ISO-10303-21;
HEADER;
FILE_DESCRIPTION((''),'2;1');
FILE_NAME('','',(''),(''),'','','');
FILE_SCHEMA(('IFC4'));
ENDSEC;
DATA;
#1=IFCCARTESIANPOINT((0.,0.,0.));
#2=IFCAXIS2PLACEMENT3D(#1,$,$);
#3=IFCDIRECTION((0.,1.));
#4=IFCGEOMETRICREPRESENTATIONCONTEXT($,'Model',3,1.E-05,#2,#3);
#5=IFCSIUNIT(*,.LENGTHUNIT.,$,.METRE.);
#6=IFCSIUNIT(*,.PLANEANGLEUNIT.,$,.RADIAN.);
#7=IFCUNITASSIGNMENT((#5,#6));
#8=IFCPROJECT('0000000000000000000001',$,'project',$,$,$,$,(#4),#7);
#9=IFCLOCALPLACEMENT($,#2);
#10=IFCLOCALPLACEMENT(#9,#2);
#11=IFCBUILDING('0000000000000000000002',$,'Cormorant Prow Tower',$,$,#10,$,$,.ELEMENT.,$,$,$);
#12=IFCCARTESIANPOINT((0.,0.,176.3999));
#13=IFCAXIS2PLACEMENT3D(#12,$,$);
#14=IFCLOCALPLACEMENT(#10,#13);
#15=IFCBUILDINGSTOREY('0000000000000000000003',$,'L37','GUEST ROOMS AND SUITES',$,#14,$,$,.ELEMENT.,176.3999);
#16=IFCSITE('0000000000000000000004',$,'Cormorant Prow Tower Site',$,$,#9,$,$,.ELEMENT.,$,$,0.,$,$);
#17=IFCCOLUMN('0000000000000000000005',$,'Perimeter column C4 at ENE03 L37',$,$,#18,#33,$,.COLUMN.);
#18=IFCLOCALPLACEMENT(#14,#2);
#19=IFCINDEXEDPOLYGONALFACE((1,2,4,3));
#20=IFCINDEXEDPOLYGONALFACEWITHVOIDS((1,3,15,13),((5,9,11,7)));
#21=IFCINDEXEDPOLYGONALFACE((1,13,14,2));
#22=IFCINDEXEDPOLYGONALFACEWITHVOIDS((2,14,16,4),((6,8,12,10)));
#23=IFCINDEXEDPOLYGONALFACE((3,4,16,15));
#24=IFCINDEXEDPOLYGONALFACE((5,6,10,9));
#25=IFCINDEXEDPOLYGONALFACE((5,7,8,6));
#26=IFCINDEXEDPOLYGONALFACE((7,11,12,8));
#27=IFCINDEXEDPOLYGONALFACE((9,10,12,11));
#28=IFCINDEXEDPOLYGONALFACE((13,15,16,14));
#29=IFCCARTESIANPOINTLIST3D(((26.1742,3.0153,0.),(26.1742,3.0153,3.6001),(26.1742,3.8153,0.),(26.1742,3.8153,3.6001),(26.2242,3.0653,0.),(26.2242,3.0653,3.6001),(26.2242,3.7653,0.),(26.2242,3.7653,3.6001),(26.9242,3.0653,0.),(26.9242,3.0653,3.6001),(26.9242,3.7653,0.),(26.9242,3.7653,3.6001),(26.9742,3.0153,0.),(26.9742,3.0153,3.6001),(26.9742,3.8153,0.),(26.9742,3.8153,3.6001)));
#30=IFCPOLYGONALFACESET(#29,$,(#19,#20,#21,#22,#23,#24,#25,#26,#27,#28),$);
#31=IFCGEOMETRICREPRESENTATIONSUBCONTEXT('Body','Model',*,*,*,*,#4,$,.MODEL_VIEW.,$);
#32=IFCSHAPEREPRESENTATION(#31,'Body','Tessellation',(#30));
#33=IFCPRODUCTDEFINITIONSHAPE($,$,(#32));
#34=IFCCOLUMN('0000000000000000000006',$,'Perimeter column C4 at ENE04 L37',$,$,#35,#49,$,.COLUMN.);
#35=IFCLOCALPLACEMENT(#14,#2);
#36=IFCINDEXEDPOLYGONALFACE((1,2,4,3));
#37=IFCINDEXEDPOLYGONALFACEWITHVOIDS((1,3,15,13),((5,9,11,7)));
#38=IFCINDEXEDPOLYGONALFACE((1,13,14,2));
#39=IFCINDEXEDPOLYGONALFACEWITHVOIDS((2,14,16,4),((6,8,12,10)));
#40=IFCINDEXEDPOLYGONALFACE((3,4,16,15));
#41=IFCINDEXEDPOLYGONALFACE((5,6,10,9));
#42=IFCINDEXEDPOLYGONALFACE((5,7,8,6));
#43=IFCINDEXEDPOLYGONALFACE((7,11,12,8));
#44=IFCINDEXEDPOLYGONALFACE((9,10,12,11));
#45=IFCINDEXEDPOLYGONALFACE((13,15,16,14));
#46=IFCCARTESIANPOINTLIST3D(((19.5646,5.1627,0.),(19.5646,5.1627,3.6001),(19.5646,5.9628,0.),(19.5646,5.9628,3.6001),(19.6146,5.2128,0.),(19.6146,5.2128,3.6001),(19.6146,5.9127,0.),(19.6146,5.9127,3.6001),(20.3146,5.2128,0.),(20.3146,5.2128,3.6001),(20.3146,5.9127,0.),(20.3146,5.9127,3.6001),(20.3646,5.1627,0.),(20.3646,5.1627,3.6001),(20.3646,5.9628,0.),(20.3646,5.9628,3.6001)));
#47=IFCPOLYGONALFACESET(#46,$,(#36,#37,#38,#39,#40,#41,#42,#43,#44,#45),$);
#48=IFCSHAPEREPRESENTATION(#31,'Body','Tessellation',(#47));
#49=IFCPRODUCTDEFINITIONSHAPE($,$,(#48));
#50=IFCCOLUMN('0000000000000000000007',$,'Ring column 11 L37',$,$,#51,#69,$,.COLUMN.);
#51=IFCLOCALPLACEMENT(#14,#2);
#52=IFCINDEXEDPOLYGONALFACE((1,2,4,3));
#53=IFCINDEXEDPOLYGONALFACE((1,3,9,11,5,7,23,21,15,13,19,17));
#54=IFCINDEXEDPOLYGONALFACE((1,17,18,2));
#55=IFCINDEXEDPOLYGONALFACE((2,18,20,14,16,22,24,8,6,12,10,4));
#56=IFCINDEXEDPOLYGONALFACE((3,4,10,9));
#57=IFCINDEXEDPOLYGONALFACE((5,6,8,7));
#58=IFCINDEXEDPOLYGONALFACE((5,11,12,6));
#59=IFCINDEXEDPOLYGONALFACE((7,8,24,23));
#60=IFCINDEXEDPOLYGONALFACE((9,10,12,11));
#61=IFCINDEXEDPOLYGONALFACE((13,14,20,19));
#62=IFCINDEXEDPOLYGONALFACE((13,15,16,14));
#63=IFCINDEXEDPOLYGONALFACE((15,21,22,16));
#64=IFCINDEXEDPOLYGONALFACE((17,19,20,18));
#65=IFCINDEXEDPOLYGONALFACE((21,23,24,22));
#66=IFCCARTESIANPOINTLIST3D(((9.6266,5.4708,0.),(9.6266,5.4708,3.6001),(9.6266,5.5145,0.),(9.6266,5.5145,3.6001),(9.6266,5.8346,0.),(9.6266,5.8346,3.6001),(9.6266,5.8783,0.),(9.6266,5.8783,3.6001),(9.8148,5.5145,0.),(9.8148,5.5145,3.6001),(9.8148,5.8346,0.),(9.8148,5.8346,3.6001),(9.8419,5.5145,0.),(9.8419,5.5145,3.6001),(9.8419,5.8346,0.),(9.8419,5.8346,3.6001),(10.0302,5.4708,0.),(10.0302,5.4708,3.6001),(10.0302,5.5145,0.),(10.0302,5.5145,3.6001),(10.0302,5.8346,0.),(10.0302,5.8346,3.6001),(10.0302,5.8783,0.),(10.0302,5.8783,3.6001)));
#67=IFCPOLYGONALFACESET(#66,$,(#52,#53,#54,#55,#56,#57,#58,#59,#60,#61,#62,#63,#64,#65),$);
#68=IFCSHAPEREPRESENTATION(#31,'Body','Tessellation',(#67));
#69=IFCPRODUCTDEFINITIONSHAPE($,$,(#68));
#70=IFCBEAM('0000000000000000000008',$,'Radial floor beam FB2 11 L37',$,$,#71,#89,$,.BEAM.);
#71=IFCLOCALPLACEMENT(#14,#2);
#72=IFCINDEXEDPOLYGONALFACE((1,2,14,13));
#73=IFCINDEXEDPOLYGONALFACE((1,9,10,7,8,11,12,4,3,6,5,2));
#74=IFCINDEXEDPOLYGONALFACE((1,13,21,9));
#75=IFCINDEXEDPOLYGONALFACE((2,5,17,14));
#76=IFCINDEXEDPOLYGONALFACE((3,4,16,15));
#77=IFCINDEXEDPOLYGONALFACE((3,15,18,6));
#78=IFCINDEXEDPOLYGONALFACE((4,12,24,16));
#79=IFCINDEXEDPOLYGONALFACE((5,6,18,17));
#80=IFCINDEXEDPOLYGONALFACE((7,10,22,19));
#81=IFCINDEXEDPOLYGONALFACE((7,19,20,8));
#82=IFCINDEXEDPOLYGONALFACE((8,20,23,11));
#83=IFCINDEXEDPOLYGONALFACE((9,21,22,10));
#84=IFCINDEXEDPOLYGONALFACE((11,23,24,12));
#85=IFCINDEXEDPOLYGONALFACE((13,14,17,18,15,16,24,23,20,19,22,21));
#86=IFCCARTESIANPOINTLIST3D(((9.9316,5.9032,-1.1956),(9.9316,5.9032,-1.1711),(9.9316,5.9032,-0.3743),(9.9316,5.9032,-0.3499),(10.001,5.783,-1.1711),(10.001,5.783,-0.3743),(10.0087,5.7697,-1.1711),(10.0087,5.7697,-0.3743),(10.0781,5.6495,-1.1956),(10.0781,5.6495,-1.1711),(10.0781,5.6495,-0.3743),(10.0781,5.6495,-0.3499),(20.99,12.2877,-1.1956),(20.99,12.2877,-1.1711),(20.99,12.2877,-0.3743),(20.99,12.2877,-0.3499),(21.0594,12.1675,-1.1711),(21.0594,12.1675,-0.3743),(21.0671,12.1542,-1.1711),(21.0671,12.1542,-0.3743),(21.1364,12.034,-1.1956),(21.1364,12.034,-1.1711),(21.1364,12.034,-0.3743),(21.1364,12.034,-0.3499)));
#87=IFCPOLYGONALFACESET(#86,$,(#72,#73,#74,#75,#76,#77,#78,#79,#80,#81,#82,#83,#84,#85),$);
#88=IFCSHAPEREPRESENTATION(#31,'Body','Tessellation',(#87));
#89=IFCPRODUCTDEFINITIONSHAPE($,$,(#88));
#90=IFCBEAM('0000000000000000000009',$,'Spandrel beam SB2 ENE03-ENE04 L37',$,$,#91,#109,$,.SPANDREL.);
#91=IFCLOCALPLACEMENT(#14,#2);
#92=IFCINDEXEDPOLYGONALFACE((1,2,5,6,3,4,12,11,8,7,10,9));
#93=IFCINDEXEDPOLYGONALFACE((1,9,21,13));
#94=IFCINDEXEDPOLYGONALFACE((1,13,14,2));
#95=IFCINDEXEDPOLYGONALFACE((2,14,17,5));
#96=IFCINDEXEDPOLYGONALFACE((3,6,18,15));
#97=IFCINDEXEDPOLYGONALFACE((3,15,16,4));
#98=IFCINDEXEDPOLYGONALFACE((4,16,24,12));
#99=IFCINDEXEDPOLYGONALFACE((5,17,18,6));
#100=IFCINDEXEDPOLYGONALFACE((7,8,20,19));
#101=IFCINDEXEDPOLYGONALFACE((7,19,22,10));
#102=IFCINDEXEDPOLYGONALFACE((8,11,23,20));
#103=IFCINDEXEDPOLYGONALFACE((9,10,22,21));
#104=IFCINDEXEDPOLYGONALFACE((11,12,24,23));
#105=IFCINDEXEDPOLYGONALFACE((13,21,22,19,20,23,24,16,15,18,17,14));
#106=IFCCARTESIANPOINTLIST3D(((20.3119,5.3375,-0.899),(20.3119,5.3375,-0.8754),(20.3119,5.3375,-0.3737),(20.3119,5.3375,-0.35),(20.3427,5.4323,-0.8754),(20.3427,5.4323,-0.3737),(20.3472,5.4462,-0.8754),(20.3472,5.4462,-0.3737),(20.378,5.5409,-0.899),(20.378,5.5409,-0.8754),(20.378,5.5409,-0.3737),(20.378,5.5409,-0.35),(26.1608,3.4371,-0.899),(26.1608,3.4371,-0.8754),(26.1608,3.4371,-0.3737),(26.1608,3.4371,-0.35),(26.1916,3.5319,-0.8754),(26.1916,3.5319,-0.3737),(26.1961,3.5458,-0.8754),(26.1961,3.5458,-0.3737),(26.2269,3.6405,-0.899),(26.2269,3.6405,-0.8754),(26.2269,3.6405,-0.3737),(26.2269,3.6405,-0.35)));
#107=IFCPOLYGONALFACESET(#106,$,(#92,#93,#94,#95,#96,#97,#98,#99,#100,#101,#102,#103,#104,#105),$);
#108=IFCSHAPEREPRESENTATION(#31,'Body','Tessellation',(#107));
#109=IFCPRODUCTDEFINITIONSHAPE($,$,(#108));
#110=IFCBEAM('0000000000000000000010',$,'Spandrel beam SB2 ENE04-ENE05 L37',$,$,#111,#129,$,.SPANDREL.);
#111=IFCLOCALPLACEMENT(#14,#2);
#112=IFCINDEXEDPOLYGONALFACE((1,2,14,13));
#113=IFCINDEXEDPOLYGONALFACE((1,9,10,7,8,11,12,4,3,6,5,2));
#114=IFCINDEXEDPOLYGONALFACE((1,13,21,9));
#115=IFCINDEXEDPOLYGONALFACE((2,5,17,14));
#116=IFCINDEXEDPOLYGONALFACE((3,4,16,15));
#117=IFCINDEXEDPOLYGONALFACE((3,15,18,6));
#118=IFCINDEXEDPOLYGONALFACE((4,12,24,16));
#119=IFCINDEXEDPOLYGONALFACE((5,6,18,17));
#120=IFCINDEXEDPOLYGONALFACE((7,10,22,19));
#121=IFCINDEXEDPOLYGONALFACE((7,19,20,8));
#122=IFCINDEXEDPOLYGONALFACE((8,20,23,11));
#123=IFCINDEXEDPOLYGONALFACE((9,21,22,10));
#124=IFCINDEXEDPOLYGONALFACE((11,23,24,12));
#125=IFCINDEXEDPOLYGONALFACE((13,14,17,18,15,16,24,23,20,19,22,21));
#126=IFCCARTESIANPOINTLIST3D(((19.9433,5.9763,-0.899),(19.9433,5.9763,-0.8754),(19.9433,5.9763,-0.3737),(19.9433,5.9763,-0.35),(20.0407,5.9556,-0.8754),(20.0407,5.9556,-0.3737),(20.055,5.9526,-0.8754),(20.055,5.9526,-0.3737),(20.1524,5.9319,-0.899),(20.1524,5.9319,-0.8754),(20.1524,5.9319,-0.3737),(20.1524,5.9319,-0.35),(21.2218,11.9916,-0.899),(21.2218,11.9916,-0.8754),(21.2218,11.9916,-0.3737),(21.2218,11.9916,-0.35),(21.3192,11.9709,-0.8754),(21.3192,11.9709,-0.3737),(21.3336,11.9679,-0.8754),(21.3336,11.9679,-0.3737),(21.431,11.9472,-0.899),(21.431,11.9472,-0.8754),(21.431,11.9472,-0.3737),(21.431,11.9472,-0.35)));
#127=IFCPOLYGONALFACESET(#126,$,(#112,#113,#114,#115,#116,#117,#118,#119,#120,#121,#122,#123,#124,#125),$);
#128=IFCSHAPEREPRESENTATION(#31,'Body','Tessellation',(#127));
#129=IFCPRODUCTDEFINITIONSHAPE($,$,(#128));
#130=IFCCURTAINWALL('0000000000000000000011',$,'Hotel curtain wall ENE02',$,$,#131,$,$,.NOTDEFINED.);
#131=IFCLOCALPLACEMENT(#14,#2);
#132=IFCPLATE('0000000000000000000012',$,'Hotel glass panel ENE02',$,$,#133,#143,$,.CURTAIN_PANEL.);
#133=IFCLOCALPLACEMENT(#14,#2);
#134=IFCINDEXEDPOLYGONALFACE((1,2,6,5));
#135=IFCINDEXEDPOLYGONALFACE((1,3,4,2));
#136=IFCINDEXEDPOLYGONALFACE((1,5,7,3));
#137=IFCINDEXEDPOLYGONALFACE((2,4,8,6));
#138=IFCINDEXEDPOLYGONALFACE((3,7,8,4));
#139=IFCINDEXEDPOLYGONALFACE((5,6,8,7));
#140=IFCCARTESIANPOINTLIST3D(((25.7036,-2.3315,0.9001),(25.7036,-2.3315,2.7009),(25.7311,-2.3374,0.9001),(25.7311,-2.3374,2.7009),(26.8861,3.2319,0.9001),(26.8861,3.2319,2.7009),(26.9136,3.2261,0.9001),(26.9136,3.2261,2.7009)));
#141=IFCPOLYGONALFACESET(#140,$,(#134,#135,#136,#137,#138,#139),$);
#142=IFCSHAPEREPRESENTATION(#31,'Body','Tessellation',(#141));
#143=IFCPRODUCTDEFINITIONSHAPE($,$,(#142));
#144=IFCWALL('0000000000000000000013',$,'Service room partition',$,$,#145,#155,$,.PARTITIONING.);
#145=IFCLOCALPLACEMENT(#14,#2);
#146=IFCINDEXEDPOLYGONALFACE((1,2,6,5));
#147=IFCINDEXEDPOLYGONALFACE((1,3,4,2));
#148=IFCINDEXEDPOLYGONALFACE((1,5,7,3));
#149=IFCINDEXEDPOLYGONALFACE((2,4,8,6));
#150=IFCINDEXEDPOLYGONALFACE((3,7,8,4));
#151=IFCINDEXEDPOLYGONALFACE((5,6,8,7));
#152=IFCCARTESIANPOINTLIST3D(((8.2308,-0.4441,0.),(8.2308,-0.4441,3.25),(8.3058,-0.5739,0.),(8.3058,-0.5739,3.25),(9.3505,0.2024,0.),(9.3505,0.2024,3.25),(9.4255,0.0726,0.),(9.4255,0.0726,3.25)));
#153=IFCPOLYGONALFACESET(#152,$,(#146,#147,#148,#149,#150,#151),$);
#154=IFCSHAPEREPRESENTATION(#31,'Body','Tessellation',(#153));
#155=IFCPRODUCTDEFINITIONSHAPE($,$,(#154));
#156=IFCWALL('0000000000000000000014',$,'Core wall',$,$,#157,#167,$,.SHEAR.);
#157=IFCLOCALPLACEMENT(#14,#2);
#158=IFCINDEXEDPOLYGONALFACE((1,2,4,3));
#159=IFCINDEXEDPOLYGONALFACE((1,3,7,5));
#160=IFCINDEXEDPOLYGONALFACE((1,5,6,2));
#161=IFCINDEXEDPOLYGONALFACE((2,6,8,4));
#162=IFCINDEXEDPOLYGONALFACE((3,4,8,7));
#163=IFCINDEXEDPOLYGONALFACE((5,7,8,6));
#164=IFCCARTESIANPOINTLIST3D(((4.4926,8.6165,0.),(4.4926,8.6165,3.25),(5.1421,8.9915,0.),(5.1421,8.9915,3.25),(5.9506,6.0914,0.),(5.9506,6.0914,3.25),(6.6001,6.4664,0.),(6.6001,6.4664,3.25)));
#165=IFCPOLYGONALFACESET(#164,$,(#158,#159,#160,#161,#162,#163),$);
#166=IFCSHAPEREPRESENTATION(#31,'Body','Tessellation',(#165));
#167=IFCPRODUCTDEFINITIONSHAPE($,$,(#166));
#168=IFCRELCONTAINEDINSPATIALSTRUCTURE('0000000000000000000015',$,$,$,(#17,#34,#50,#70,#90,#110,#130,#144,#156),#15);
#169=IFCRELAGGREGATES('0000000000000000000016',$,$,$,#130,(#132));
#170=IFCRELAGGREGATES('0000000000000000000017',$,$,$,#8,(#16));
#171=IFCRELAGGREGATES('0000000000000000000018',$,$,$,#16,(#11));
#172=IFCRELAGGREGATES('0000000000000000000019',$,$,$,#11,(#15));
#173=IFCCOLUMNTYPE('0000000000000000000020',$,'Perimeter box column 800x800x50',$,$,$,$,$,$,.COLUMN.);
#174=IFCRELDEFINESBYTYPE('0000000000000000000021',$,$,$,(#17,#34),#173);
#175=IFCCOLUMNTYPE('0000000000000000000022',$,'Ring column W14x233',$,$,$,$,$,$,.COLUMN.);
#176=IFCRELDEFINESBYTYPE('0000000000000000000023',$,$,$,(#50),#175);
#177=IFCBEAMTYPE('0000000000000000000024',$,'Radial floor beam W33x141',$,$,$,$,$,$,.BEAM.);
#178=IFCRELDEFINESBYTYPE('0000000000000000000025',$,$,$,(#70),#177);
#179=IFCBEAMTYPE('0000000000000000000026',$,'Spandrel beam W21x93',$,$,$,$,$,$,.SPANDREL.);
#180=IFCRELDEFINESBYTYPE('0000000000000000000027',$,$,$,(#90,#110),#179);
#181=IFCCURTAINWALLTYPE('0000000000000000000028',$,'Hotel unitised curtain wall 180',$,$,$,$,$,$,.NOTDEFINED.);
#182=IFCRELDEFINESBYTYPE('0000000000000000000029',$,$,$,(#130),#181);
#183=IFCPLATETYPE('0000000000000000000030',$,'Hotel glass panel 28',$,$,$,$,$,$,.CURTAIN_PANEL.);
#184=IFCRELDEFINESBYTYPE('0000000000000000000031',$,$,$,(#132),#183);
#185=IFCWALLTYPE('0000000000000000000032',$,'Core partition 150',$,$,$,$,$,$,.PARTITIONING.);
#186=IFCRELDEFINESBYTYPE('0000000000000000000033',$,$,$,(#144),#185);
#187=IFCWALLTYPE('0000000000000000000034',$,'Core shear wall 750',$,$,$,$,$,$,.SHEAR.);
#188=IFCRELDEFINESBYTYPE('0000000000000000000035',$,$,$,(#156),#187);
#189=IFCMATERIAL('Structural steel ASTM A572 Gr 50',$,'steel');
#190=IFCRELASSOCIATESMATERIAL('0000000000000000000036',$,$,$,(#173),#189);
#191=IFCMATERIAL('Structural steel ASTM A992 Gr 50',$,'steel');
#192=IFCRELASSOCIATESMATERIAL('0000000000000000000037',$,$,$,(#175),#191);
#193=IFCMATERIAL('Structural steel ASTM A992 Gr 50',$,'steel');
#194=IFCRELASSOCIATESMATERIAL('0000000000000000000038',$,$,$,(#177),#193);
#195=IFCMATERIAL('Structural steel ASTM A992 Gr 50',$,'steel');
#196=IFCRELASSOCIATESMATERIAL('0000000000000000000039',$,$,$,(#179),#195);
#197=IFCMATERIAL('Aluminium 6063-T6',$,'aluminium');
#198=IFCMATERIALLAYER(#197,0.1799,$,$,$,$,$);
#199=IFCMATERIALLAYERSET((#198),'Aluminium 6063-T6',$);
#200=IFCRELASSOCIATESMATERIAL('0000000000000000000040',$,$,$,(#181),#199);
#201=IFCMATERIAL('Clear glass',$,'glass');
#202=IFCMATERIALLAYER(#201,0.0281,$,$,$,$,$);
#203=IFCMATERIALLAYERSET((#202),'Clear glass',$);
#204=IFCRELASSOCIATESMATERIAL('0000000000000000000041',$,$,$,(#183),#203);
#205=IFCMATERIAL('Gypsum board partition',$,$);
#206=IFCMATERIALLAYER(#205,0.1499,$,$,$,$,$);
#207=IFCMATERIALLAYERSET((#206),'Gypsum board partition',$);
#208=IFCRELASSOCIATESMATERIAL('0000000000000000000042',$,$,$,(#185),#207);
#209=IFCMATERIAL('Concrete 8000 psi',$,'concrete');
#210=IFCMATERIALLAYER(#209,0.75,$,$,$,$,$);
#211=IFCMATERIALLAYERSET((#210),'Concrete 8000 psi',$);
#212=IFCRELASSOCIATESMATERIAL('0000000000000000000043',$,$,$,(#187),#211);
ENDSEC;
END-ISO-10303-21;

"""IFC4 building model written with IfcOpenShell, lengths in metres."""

from ifc_helpers import new_model, si_unit, direction, frame, frame_2d, origin, origin_2d, place, context, subcontext, project, spatial, rectangle, hollow_rectangle, i_section, extrude, material, layer, layer_set, material_profile, profile_set, type_object, element, aggregate, save


model = new_model("IFC4")

# Units and contexts
model_context = context("Model", 3, precision=1e-05, world=origin(), true_north=direction((0.0, 1.0)))
body_context = subcontext(model_context, "Body", "Model", "MODEL_VIEW")
ifc_project = project(units=[si_unit("LENGTHUNIT", "METRE"), si_unit("PLANEANGLEUNIT", "RADIAN")], contexts=[model_context])

# Site, building, storey
site_placement = place(None, origin())
site = spatial("IfcSite", under=ifc_project, at=site_placement, Name="Cormorant Prow Tower Site", CompositionType="ELEMENT", RefElevation=0.0)
building_placement = place(site_placement, origin())
building = spatial("IfcBuilding", under=site, at=building_placement, Name="Cormorant Prow Tower", CompositionType="ELEMENT")
storey_placement = place(building_placement, frame((0.0, 0.0, 176.3999)))
storey = spatial("IfcBuildingStorey", under=building, at=storey_placement, Name="L37", Description="GUEST ROOMS AND SUITES", CompositionType="ELEMENT", Elevation=176.3999)

# Columns
ifc_material_1 = material(Name="Structural steel ASTM A572 Gr 50", Category="steel")
ifc_material_profile_1 = material_profile(ifc_material_1, hollow_rectangle(XDim=0.8, YDim=0.8, WallThickness=0.05, at=origin_2d()), Name="Box 800x800x50")
ifc_profile_set_1 = profile_set([ifc_material_profile_1], Name="Structural steel ASTM A572 Gr 50")
column_type_1 = type_object("IfcColumnType", Name="Perimeter box column 800x800x50", PredefinedType="COLUMN", material=ifc_profile_set_1)
for number, where, z_axis, x_axis, name in (
    (1, (26.5742, 3.4153, 0.0), (0.0, 0.0, 1.0), (1.0, 0.0, 0.0), "Perimeter column C4 at ENE03 L37"),
    (2, (19.9646, 5.5627, 0.0), (0.0, 0.0, 1.0), (1.0, 0.0, 0.0), "Perimeter column C4 at ENE04 L37"),
):
    element("IfcColumn", number, at=place(storey_placement, frame(where, z_axis=z_axis, x_axis=x_axis)), inside=storey, type_object=column_type_1, Name=name, PredefinedType="COLUMN", context=body_context, shape_type="SweptSolid", body=[
        extrude(hollow_rectangle(XDim=0.8, YDim=0.8, WallThickness=0.05, at=origin_2d()), origin(), (0.0, 0.0, 1.0), 3.6001),
    ])
ifc_material_2 = material(Name="Structural steel ASTM A992 Gr 50", Category="steel")
ifc_material_profile_2 = material_profile(ifc_material_2, i_section(OverallWidth=0.4036, OverallDepth=0.4075, WebThickness=0.0271, FlangeThickness=0.0437, at=origin_2d()), Name="W14x233")
ifc_profile_set_2 = profile_set([ifc_material_profile_2], Name="Structural steel ASTM A992 Gr 50")
column_type_2 = type_object("IfcColumnType", Name="Ring column W14x233", PredefinedType="COLUMN", material=ifc_profile_set_2)
column_placement = place(storey_placement, frame((9.8284, 5.6746, 0.0), z_axis=(0.0, 0.0, 1.0), x_axis=(1.0, 0.0, 0.0)))
element("IfcColumn", 3, at=column_placement, inside=storey, type_object=column_type_2, Name="Ring column 11 L37", PredefinedType="COLUMN", context=body_context, shape_type="SweptSolid", body=[
    extrude(i_section(OverallWidth=0.4036, OverallDepth=0.4075, WebThickness=0.0271, FlangeThickness=0.0437, at=origin_2d()), origin(), (0.0, 0.0, 1.0), 3.6001),
])

# Beams
ifc_material_3 = material(Name="Structural steel ASTM A992 Gr 50", Category="steel")
ifc_material_profile_3 = material_profile(ifc_material_3, i_section(OverallWidth=0.293, OverallDepth=0.8457, WebThickness=0.0154, FlangeThickness=0.0244, at=origin_2d()), Name="W33x141")
ifc_profile_set_3 = profile_set([ifc_material_profile_3], Name="Structural steel ASTM A992 Gr 50")
beam_type_1 = type_object("IfcBeamType", Name="Radial floor beam W33x141", PredefinedType="BEAM", material=ifc_profile_set_3)
beam_1_placement = place(storey_placement, frame((10.0049, 5.7764, -0.7727), z_axis=(0.866026, 0.499999, 0.0), x_axis=(-0.499999, 0.866026, 0.0)))
element("IfcBeam", 4, at=beam_1_placement, inside=storey, type_object=beam_type_1, Name="Radial floor beam FB2 11 L37", PredefinedType="BEAM", context=body_context, shape_type="SweptSolid", body=[
    extrude(i_section(OverallWidth=0.293, OverallDepth=0.8457, WebThickness=0.0154, FlangeThickness=0.0244, at=origin_2d()), origin(), (0.0, 0.0, 1.0), 12.769),
])
ifc_material_4 = material(Name="Structural steel ASTM A992 Gr 50", Category="steel")
ifc_material_profile_4 = material_profile(ifc_material_4, i_section(OverallWidth=0.2139, OverallDepth=0.5491, WebThickness=0.0146, FlangeThickness=0.0237, at=origin_2d()), Name="W21x93")
ifc_profile_set_4 = profile_set([ifc_material_profile_4], Name="Structural steel ASTM A992 Gr 50")
beam_type_2 = type_object("IfcBeamType", Name="Spandrel beam W21x93", PredefinedType="SPANDREL", material=ifc_profile_set_4)
beam_2_placement = place(storey_placement, frame((26.1938, 3.5388, -0.6245), z_axis=(-0.951058, 0.309013, 0.0), x_axis=(-0.309013, -0.951058, 0.0)))
element("IfcBeam", 5, at=beam_2_placement, inside=storey, type_object=beam_type_2, Name="Spandrel beam SB2 ENE03-ENE04 L37", PredefinedType="SPANDREL", context=body_context, shape_type="SweptSolid", body=[
    extrude(i_section(OverallWidth=0.2139, OverallDepth=0.5491, WebThickness=0.0146, FlangeThickness=0.0237, at=origin_2d()), origin(), (0.0, 0.0, 1.0), 6.1499),
])
beam_3_placement = place(storey_placement, frame((20.0479, 5.9541, -0.6245), z_axis=(0.207905, 0.978149, 0.0), x_axis=(-0.978149, 0.207905, 0.0)))
element("IfcBeam", 6, at=beam_3_placement, inside=storey, type_object=beam_type_2, Name="Spandrel beam SB2 ENE04-ENE05 L37", PredefinedType="SPANDREL", context=body_context, shape_type="SweptSolid", body=[
    extrude(i_section(OverallWidth=0.2139, OverallDepth=0.5491, WebThickness=0.0146, FlangeThickness=0.0237, at=origin_2d()), origin(), (0.0, 0.0, 1.0), 6.1497),
])

# Curtain wall, plate
ifc_material_5 = material(Name="Aluminium 6063-T6", Category="aluminium")
ifc_layer_1 = layer(ifc_material_5, 0.1799)
ifc_layer_set_1 = layer_set([ifc_layer_1], Name="Aluminium 6063-T6")
curtain_wall_type = type_object("IfcCurtainWallType", Name="Hotel unitised curtain wall 180", PredefinedType="NOTDEFINED", material=ifc_layer_set_1)
curtain_wall_placement = place(storey_placement, origin())
curtain_wall = element("IfcCurtainWall", 7, at=curtain_wall_placement, inside=storey, type_object=curtain_wall_type, Name="Hotel curtain wall ENE02", PredefinedType="NOTDEFINED")
ifc_material_6 = material(Name="Clear glass", Category="glass")
ifc_layer_2 = layer(ifc_material_6, 0.0281)
ifc_layer_set_2 = layer_set([ifc_layer_2], Name="Clear glass")
plate_type = type_object("IfcPlateType", Name="Hotel glass panel 28", PredefinedType="CURTAIN_PANEL", material=ifc_layer_set_2)
plate_placement = place(storey_placement, frame((26.3086, 0.4473, 0.9001), z_axis=(0.0, 0.0, 1.0), x_axis=(0.207912, 0.978148, 0.0)))
plate = element("IfcPlate", 8, at=plate_placement, type_object=plate_type, Name="Hotel glass panel ENE02", PredefinedType="CURTAIN_PANEL", context=body_context, shape_type="SweptSolid", body=[
    extrude(rectangle(XDim=5.6877, YDim=0.0281, at=origin_2d()), origin(), (0.0, 0.0, 1.0), 1.8008),
])
aggregate(curtain_wall, [plate])

# Walls
ifc_material_7 = material(Name="Gypsum board partition")
ifc_layer_3 = layer(ifc_material_7, 0.1499)
ifc_layer_set_3 = layer_set([ifc_layer_3], Name="Gypsum board partition")
wall_type_1 = type_object("IfcWallType", Name="Core partition 150", PredefinedType="PARTITIONING", material=ifc_layer_set_3)
wall_1_placement = place(storey_placement, frame((8.2683, -0.509, 0.0), z_axis=(0.0, 0.0, 1.0), x_axis=(0.866003, 0.500038, 0.0)))
element("IfcWall", 9, at=wall_1_placement, inside=storey, type_object=wall_type_1, Name="Service room partition", PredefinedType="PARTITIONING", context=body_context, shape_type="SweptSolid", body=[
    extrude(rectangle(XDim=1.293, YDim=0.1499, at=frame_2d((0.6465, 0.0))), origin(), (0.0, 0.0, 1.0), 3.25),
])
ifc_material_8 = material(Name="Concrete 8000 psi", Category="concrete")
ifc_layer_4 = layer(ifc_material_8, 0.75)
ifc_layer_set_4 = layer_set([ifc_layer_4], Name="Concrete 8000 psi")
wall_type_2 = type_object("IfcWallType", Name="Core shear wall 750", PredefinedType="SHEAR", material=ifc_layer_set_4)
wall_2_placement = place(storey_placement, frame((6.2754, 6.2788, 0.0), z_axis=(0.0, 0.0, 1.0), x_axis=(-0.500029, 0.866009, 0.0)))
element("IfcWall", 10, at=wall_2_placement, inside=storey, type_object=wall_type_2, Name="Core wall", PredefinedType="SHEAR", context=body_context, shape_type="SweptSolid", body=[
    extrude(rectangle(XDim=2.9158, YDim=0.75, at=frame_2d((1.458, 0.0))), origin(), (0.0, 0.0, 1.0), 3.25),
])

save(model, "model.ifc")
